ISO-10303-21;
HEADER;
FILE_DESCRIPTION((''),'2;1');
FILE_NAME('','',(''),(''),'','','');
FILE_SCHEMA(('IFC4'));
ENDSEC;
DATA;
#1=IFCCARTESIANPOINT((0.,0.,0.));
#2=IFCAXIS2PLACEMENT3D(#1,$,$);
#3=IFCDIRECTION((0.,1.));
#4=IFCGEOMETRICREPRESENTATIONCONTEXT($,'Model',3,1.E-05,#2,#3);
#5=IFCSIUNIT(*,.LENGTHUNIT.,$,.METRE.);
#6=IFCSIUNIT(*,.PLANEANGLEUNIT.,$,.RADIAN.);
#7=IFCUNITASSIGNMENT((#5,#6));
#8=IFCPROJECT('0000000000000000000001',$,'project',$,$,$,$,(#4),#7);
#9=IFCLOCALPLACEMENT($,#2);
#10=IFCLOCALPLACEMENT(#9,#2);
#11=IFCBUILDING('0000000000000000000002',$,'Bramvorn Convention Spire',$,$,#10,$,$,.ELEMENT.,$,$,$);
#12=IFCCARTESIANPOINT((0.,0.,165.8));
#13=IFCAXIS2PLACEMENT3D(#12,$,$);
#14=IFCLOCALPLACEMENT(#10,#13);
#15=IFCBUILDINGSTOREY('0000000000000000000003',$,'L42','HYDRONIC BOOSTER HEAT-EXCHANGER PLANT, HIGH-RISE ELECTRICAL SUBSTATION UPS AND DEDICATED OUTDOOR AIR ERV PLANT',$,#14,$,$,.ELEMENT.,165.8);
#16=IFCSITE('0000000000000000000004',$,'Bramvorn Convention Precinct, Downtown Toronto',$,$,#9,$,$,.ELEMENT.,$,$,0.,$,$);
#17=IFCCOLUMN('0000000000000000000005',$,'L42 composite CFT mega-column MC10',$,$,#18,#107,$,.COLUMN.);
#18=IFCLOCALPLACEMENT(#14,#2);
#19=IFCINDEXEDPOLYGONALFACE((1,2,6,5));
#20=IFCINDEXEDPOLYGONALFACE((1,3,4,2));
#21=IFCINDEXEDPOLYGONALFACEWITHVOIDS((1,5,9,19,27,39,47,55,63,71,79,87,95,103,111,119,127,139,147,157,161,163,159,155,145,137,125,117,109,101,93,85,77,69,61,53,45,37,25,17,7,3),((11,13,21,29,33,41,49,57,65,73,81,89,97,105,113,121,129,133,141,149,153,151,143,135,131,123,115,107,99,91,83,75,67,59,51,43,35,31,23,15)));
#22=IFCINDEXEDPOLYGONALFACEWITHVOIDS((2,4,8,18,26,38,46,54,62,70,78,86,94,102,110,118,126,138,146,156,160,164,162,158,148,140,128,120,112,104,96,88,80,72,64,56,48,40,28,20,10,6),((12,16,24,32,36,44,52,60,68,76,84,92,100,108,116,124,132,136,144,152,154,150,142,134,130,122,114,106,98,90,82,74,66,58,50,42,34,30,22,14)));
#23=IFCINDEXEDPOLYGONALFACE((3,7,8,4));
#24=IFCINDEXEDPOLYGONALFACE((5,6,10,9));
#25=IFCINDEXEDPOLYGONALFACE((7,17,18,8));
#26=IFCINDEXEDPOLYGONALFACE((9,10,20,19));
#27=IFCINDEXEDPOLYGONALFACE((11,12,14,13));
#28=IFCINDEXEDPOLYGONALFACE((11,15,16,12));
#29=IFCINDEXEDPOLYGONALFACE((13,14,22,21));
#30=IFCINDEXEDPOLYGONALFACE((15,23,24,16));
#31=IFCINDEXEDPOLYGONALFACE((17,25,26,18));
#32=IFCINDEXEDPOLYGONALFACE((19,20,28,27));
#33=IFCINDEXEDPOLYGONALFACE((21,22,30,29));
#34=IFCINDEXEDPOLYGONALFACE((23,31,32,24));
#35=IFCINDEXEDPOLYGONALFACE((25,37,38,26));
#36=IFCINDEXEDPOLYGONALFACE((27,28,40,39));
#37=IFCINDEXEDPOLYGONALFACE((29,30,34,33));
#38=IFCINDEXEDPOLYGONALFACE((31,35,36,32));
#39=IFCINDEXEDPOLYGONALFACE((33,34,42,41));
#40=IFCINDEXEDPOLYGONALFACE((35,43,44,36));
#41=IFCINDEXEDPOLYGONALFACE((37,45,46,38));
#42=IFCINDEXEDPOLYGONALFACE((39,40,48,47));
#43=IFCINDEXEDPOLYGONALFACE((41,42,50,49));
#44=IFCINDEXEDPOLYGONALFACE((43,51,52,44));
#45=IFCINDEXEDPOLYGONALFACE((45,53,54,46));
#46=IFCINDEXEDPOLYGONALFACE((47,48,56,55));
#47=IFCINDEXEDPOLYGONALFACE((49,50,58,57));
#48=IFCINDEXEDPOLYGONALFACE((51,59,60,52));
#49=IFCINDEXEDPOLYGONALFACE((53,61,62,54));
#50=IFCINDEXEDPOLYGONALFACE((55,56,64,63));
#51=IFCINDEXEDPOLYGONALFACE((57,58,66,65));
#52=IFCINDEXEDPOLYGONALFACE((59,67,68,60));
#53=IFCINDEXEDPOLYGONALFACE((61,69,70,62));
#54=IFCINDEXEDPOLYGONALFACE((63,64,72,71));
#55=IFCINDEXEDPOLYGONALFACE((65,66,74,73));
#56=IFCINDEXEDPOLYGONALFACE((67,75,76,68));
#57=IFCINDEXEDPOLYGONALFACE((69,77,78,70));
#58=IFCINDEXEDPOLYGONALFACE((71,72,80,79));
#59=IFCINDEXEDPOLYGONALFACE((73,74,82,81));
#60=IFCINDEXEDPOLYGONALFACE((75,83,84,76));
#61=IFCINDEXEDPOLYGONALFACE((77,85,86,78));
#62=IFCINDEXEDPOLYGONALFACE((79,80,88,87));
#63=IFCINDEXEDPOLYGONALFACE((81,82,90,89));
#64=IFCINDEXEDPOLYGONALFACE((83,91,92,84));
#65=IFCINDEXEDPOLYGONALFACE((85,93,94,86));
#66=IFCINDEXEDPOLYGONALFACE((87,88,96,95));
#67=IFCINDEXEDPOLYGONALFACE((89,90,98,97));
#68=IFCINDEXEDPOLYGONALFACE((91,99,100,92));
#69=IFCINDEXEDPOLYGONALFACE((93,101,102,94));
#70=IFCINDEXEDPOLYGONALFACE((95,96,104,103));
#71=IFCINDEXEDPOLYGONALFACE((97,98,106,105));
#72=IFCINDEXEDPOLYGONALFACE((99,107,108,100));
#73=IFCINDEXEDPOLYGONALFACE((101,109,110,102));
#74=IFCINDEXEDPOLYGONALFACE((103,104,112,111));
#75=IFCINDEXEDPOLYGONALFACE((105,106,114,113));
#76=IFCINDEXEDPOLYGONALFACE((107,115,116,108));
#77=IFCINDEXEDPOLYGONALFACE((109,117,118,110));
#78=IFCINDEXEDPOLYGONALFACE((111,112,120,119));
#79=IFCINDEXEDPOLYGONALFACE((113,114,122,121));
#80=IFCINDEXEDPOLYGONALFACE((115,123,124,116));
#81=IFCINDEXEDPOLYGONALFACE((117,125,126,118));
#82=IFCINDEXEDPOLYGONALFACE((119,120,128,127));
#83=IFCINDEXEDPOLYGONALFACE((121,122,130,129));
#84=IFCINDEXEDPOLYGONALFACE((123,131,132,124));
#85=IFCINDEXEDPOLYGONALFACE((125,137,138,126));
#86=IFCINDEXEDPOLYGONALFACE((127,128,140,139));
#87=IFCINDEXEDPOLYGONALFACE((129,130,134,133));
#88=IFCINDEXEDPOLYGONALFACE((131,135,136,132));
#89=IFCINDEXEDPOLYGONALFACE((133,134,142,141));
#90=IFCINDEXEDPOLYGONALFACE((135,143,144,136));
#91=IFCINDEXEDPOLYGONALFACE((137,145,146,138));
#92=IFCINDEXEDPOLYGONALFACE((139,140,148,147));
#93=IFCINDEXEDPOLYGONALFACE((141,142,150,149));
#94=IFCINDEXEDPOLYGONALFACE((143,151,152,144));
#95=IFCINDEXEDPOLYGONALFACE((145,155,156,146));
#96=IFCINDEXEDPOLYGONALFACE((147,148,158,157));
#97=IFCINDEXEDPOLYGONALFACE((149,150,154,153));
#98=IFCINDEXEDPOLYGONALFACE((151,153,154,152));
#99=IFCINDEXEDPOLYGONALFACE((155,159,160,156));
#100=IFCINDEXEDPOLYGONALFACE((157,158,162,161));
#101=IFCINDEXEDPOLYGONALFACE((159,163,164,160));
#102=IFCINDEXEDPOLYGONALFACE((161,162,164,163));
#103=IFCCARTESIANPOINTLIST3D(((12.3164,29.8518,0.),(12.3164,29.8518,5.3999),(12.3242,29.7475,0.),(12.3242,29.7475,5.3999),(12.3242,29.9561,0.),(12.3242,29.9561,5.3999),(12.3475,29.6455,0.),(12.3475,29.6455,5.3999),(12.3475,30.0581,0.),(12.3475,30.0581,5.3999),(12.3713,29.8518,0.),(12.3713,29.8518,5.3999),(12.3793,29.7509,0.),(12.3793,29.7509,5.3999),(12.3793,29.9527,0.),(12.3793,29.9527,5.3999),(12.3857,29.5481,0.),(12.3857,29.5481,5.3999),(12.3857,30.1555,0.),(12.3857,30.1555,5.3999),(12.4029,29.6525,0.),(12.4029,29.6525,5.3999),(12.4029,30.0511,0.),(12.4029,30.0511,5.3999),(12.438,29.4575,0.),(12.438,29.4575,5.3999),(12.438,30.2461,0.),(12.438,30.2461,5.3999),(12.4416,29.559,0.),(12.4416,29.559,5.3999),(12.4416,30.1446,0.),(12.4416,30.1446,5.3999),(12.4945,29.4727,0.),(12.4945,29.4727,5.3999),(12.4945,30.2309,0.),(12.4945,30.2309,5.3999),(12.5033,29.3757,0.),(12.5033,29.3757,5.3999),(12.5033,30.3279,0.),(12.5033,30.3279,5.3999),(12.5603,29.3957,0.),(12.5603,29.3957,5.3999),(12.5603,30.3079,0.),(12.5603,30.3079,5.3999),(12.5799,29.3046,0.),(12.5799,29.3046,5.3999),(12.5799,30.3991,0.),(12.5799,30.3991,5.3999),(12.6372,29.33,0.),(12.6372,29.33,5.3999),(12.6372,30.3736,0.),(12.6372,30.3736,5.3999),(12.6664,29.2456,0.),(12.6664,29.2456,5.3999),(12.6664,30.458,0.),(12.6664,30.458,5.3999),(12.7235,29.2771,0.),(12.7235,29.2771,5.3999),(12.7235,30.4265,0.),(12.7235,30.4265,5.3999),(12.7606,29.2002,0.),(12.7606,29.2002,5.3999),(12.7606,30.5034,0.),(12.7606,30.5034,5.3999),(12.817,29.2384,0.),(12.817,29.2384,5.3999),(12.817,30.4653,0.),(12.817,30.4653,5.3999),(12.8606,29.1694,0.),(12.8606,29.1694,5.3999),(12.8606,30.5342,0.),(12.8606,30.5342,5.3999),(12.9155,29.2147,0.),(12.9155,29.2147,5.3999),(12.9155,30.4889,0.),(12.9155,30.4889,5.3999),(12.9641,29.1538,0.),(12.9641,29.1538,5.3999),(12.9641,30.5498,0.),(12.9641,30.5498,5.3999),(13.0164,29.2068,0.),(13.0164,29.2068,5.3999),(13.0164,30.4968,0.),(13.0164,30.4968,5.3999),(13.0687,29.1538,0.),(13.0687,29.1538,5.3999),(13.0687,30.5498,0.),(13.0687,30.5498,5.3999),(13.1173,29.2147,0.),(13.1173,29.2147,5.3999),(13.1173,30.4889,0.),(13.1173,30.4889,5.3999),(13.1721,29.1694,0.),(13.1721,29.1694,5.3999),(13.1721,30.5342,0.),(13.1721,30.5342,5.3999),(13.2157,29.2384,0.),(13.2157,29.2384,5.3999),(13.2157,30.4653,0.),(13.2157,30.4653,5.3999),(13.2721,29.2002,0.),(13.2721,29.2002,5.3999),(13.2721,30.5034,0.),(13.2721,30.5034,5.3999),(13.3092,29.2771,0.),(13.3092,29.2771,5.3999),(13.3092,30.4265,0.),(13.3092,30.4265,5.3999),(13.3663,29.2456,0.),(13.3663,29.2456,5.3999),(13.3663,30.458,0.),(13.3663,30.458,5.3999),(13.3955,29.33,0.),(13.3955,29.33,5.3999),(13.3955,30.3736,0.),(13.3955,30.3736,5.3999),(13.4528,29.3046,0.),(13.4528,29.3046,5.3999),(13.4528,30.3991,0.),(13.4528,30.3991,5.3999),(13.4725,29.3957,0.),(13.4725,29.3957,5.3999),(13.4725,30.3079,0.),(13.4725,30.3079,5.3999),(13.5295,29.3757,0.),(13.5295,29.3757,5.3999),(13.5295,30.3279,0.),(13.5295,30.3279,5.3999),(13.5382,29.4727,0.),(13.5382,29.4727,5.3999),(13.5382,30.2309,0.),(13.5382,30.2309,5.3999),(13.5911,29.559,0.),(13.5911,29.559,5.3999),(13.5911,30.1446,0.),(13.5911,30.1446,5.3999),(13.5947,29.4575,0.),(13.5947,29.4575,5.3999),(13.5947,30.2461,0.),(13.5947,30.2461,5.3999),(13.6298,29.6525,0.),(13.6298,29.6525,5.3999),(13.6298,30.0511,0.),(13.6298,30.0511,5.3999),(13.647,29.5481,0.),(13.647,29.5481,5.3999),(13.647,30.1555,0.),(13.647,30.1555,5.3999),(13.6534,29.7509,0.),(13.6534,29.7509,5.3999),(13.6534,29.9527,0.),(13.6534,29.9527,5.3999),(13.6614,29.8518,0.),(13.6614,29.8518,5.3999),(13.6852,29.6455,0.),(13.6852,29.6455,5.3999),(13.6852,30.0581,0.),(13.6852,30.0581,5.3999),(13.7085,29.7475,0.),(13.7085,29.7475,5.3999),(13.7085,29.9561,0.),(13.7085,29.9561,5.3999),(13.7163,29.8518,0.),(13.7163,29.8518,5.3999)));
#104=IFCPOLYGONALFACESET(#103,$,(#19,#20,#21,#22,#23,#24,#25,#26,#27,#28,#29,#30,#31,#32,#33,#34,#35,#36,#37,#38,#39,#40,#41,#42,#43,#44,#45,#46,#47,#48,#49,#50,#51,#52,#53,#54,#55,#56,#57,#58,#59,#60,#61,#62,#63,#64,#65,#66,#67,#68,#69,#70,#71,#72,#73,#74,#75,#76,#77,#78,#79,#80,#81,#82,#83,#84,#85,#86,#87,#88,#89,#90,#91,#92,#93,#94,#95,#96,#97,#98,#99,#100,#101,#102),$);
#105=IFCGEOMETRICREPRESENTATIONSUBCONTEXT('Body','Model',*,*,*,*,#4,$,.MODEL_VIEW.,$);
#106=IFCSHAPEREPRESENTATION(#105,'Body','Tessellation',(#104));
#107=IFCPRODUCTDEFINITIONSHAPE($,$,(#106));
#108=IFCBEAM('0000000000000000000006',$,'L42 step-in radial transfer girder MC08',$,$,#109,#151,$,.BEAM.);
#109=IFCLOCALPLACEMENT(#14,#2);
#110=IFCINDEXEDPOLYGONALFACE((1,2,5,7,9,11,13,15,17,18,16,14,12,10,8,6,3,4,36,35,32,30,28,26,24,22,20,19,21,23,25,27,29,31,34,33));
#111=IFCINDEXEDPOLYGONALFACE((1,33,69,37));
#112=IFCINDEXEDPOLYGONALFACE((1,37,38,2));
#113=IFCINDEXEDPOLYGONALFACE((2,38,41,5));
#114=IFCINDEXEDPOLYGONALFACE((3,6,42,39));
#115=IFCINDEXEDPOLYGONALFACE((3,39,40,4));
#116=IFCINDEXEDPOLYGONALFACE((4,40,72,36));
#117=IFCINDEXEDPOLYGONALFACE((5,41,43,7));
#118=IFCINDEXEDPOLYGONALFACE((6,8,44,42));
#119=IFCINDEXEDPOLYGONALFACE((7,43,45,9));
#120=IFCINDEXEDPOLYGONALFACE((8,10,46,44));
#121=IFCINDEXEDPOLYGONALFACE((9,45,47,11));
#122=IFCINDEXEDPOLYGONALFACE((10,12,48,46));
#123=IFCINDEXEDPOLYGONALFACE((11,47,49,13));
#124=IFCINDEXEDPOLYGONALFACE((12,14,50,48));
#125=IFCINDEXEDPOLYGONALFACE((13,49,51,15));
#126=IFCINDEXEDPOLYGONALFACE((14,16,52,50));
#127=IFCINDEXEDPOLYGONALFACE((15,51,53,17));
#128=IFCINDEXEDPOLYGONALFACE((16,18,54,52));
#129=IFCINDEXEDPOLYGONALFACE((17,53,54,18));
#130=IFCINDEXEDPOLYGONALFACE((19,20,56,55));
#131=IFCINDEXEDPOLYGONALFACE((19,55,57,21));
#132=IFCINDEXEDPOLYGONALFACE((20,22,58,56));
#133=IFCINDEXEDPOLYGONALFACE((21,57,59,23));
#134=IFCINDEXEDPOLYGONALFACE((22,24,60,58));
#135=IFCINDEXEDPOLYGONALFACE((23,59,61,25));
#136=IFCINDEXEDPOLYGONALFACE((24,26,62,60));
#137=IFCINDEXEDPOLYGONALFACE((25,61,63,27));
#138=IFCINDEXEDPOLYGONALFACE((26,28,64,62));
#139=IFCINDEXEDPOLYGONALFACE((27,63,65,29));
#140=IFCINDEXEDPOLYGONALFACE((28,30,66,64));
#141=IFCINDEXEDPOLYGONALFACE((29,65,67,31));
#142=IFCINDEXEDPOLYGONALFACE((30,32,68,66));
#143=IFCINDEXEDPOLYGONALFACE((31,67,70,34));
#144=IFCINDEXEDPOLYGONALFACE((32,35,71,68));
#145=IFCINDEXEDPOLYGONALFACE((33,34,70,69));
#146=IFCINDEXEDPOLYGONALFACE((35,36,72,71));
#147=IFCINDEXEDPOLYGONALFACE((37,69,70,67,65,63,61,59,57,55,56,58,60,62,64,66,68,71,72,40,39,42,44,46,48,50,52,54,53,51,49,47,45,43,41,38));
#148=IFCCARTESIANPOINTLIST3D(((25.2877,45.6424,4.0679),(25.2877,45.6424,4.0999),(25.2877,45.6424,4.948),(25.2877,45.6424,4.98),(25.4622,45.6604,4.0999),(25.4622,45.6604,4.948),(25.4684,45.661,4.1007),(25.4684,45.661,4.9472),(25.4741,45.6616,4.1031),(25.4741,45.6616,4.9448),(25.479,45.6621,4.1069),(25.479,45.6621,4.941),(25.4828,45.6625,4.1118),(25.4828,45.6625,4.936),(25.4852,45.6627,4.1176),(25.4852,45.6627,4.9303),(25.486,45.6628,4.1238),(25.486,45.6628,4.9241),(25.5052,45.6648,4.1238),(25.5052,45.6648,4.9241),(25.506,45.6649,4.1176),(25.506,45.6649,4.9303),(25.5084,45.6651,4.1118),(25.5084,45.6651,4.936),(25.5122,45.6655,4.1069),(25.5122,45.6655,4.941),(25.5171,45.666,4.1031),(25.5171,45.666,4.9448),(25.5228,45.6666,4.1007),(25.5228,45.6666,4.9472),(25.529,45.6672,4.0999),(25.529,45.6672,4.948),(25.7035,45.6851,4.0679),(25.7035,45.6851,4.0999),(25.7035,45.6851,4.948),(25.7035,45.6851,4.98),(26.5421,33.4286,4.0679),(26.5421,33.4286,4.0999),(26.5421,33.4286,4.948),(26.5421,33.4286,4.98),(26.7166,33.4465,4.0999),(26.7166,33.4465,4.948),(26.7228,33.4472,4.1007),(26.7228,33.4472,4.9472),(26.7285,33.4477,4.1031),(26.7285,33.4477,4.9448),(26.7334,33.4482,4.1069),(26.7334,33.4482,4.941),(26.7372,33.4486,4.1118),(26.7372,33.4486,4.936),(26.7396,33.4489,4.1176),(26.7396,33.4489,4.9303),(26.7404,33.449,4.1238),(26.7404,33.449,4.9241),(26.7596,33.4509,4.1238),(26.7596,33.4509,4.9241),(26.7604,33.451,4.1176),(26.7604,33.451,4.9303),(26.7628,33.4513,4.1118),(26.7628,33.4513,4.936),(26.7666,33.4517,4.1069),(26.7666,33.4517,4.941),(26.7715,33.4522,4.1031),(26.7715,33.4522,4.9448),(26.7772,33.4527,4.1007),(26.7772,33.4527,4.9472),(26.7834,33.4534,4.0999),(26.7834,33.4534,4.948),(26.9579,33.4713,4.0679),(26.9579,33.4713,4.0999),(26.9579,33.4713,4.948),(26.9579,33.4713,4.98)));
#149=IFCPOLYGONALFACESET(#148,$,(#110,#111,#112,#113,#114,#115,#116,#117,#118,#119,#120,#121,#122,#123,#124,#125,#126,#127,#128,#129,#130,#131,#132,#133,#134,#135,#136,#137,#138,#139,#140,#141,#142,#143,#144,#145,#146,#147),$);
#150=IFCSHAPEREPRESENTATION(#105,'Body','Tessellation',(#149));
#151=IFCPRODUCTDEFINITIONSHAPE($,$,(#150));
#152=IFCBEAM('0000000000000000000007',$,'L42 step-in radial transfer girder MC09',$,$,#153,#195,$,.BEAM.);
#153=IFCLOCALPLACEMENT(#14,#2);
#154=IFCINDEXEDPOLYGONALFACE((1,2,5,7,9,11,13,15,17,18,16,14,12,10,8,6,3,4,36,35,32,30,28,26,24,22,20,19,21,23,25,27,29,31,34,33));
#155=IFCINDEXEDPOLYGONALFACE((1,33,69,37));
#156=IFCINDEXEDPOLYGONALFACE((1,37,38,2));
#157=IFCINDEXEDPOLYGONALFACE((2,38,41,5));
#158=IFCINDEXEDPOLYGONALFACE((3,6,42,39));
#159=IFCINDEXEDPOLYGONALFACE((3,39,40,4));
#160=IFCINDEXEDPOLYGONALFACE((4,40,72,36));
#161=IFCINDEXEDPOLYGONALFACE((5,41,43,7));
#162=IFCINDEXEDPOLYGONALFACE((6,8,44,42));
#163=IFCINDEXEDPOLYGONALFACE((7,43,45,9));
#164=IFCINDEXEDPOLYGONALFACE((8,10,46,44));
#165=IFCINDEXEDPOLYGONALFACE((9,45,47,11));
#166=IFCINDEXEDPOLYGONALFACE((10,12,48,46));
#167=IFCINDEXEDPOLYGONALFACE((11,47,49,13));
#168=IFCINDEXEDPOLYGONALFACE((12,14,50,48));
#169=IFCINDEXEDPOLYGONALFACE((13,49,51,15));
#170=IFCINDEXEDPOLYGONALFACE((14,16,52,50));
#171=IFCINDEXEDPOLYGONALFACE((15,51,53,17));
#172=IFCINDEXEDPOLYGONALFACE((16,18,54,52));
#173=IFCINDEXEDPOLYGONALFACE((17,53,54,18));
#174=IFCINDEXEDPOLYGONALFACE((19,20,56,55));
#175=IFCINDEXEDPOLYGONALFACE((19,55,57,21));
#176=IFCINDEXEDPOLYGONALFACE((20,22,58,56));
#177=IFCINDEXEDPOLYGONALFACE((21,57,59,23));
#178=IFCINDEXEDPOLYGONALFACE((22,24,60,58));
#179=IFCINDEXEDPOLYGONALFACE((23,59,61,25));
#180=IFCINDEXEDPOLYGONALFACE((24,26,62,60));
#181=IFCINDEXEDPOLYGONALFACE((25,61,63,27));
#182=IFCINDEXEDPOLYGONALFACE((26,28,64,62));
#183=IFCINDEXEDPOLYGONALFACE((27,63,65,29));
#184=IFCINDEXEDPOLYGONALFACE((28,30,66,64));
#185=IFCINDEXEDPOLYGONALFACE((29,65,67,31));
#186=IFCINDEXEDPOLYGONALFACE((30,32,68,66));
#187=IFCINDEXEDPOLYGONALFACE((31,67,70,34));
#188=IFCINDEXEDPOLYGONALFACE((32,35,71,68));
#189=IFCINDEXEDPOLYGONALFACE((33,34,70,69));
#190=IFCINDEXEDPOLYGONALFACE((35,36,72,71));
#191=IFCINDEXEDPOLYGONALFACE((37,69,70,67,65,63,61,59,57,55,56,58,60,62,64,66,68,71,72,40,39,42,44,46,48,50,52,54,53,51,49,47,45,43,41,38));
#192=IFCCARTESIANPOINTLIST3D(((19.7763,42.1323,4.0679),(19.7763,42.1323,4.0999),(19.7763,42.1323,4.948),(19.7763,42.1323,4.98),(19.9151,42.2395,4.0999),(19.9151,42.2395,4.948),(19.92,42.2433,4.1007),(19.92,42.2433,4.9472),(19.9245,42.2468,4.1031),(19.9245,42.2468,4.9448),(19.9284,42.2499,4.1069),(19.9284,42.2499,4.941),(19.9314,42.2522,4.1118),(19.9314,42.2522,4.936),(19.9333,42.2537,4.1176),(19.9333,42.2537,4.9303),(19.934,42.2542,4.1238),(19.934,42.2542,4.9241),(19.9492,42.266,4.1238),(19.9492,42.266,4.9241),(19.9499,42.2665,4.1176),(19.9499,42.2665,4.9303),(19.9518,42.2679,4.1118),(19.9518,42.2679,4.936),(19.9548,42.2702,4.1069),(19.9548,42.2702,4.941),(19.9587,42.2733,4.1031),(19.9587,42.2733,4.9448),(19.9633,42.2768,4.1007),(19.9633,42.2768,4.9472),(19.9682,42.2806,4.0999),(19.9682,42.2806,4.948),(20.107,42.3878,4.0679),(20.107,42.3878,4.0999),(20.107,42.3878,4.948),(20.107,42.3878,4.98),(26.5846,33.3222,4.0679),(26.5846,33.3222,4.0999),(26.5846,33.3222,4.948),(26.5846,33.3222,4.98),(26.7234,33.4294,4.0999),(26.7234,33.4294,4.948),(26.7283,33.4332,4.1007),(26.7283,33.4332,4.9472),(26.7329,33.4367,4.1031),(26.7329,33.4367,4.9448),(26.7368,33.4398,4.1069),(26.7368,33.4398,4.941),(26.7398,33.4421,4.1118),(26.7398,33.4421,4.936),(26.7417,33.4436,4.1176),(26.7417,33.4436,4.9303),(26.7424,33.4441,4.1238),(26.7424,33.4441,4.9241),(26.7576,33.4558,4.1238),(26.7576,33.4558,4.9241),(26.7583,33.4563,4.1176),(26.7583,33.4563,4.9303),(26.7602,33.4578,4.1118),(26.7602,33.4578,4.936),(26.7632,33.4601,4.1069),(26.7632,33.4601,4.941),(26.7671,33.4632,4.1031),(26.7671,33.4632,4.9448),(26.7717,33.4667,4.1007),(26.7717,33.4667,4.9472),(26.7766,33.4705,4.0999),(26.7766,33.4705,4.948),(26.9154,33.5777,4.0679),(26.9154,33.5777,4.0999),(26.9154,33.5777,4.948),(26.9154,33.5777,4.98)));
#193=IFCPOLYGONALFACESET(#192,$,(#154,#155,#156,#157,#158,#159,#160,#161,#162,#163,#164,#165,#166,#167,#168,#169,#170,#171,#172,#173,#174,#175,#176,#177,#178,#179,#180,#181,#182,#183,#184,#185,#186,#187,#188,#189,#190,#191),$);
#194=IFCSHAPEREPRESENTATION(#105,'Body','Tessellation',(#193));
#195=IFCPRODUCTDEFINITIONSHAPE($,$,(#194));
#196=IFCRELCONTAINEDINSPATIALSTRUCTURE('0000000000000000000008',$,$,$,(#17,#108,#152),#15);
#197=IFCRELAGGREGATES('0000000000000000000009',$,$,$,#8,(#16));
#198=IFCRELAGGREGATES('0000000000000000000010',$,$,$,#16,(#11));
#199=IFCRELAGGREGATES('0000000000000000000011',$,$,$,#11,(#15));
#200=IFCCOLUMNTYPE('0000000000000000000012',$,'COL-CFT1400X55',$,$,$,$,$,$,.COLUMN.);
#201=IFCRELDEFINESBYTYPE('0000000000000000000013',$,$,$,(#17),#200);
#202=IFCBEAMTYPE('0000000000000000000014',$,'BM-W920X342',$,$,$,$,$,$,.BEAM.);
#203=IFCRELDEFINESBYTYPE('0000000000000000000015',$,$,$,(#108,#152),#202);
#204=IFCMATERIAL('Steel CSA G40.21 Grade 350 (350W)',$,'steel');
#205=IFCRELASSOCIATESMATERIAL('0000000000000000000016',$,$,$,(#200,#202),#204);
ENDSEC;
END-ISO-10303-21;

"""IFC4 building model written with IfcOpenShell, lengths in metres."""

from ifc_helpers import new_model, si_unit, direction, frame, origin, origin_2d, place, context, subcontext, project, spatial, hollow_circle, i_section, extrude, material, material_profile, profile_set, type_object, element, save


model = new_model("IFC4")

# Units and contexts
model_context = context("Model", 3, precision=1e-05, world=origin(), true_north=direction((0.0, 1.0)))
body_context = subcontext(model_context, "Body", "Model", "MODEL_VIEW")
ifc_project = project(units=[si_unit("LENGTHUNIT", "METRE"), si_unit("PLANEANGLEUNIT", "RADIAN")], contexts=[model_context])

# Site, building, storey
site_placement = place(None, origin())
site = spatial("IfcSite", under=ifc_project, at=site_placement, Name="Bramvorn Convention Precinct, Downtown Toronto", CompositionType="ELEMENT", RefElevation=0.0)
building_placement = place(site_placement, origin())
building = spatial("IfcBuilding", under=site, at=building_placement, Name="Bramvorn Convention Spire", CompositionType="ELEMENT")
storey_placement = place(building_placement, frame((0.0, 0.0, 165.8)))
storey = spatial("IfcBuildingStorey", under=building, at=storey_placement, Name="L42", Description="HYDRONIC BOOSTER HEAT-EXCHANGER PLANT, HIGH-RISE ELECTRICAL SUBSTATION UPS AND DEDICATED OUTDOOR AIR ERV PLANT", CompositionType="ELEMENT", Elevation=165.8)

# Column
ifc_material_1 = material(Name="Steel CSA G40.21 Grade 350 (350W)", Category="steel")
ifc_material_profile_1 = material_profile(ifc_material_1, hollow_circle(Radius=0.7, WallThickness=0.0549, at=origin_2d()))
ifc_profile_set_1 = profile_set([ifc_material_profile_1], Name="Steel CSA G40.21 Grade 350 (350W) - CFT1400X55")
column_type = type_object("IfcColumnType", Name="COL-CFT1400X55", PredefinedType="COLUMN", material=ifc_profile_set_1)
column_placement = place(storey_placement, frame((13.0164, 29.8518, 0.0), z_axis=(0.0, 0.0, 1.0), x_axis=(1.0, 0.0, 0.0)))
element("IfcColumn", 1, at=column_placement, inside=storey, type_object=column_type, Name="L42 composite CFT mega-column MC10", PredefinedType="COLUMN", context=body_context, shape_type="SweptSolid", body=[
    extrude(hollow_circle(Radius=0.7, WallThickness=0.0549, at=origin_2d()), origin(), (0.0, 0.0, 1.0), 5.3999),
])

# Beams
ifc_material_profile_2 = material_profile(ifc_material_1, i_section(OverallWidth=0.418, OverallDepth=0.9121, WebThickness=0.0193, FlangeThickness=0.032, FilletRadius=0.0239, at=origin_2d()))
ifc_profile_set_2 = profile_set([ifc_material_profile_2], Name="Steel CSA G40.21 Grade 350 (350W) - W920X342")
beam_type = type_object("IfcBeamType", Name="BM-W920X342", PredefinedType="BEAM", material=ifc_profile_set_2)
beam_1_placement = place(storey_placement, frame((26.75, 33.45, 4.5239), z_axis=(-0.102165, 0.994767, 0.0), x_axis=(-0.994767, -0.102165, 0.0)))
element("IfcBeam", 2, at=beam_1_placement, inside=storey, type_object=beam_type, Name="L42 step-in radial transfer girder MC08", PredefinedType="BEAM", context=body_context, shape_type="SweptSolid", body=[
    extrude(i_section(OverallWidth=0.418, OverallDepth=0.9121, WebThickness=0.0193, FlangeThickness=0.032, FilletRadius=0.0239, at=origin_2d()), origin(), (0.0, 0.0, 1.0), 12.2781),
])
beam_2_placement = place(storey_placement, frame((26.75, 33.45, 4.5239), z_axis=(-0.61148, 0.79126, 0.0), x_axis=(-0.79126, -0.61148, 0.0)))
element("IfcBeam", 3, at=beam_2_placement, inside=storey, type_object=beam_type, Name="L42 step-in radial transfer girder MC09", PredefinedType="BEAM", context=body_context, shape_type="SweptSolid", body=[
    extrude(i_section(OverallWidth=0.418, OverallDepth=0.9121, WebThickness=0.0193, FlangeThickness=0.032, FilletRadius=0.0239, at=origin_2d()), origin(), (0.0, 0.0, 1.0), 11.1343),
])

save(model, "model.ifc")
